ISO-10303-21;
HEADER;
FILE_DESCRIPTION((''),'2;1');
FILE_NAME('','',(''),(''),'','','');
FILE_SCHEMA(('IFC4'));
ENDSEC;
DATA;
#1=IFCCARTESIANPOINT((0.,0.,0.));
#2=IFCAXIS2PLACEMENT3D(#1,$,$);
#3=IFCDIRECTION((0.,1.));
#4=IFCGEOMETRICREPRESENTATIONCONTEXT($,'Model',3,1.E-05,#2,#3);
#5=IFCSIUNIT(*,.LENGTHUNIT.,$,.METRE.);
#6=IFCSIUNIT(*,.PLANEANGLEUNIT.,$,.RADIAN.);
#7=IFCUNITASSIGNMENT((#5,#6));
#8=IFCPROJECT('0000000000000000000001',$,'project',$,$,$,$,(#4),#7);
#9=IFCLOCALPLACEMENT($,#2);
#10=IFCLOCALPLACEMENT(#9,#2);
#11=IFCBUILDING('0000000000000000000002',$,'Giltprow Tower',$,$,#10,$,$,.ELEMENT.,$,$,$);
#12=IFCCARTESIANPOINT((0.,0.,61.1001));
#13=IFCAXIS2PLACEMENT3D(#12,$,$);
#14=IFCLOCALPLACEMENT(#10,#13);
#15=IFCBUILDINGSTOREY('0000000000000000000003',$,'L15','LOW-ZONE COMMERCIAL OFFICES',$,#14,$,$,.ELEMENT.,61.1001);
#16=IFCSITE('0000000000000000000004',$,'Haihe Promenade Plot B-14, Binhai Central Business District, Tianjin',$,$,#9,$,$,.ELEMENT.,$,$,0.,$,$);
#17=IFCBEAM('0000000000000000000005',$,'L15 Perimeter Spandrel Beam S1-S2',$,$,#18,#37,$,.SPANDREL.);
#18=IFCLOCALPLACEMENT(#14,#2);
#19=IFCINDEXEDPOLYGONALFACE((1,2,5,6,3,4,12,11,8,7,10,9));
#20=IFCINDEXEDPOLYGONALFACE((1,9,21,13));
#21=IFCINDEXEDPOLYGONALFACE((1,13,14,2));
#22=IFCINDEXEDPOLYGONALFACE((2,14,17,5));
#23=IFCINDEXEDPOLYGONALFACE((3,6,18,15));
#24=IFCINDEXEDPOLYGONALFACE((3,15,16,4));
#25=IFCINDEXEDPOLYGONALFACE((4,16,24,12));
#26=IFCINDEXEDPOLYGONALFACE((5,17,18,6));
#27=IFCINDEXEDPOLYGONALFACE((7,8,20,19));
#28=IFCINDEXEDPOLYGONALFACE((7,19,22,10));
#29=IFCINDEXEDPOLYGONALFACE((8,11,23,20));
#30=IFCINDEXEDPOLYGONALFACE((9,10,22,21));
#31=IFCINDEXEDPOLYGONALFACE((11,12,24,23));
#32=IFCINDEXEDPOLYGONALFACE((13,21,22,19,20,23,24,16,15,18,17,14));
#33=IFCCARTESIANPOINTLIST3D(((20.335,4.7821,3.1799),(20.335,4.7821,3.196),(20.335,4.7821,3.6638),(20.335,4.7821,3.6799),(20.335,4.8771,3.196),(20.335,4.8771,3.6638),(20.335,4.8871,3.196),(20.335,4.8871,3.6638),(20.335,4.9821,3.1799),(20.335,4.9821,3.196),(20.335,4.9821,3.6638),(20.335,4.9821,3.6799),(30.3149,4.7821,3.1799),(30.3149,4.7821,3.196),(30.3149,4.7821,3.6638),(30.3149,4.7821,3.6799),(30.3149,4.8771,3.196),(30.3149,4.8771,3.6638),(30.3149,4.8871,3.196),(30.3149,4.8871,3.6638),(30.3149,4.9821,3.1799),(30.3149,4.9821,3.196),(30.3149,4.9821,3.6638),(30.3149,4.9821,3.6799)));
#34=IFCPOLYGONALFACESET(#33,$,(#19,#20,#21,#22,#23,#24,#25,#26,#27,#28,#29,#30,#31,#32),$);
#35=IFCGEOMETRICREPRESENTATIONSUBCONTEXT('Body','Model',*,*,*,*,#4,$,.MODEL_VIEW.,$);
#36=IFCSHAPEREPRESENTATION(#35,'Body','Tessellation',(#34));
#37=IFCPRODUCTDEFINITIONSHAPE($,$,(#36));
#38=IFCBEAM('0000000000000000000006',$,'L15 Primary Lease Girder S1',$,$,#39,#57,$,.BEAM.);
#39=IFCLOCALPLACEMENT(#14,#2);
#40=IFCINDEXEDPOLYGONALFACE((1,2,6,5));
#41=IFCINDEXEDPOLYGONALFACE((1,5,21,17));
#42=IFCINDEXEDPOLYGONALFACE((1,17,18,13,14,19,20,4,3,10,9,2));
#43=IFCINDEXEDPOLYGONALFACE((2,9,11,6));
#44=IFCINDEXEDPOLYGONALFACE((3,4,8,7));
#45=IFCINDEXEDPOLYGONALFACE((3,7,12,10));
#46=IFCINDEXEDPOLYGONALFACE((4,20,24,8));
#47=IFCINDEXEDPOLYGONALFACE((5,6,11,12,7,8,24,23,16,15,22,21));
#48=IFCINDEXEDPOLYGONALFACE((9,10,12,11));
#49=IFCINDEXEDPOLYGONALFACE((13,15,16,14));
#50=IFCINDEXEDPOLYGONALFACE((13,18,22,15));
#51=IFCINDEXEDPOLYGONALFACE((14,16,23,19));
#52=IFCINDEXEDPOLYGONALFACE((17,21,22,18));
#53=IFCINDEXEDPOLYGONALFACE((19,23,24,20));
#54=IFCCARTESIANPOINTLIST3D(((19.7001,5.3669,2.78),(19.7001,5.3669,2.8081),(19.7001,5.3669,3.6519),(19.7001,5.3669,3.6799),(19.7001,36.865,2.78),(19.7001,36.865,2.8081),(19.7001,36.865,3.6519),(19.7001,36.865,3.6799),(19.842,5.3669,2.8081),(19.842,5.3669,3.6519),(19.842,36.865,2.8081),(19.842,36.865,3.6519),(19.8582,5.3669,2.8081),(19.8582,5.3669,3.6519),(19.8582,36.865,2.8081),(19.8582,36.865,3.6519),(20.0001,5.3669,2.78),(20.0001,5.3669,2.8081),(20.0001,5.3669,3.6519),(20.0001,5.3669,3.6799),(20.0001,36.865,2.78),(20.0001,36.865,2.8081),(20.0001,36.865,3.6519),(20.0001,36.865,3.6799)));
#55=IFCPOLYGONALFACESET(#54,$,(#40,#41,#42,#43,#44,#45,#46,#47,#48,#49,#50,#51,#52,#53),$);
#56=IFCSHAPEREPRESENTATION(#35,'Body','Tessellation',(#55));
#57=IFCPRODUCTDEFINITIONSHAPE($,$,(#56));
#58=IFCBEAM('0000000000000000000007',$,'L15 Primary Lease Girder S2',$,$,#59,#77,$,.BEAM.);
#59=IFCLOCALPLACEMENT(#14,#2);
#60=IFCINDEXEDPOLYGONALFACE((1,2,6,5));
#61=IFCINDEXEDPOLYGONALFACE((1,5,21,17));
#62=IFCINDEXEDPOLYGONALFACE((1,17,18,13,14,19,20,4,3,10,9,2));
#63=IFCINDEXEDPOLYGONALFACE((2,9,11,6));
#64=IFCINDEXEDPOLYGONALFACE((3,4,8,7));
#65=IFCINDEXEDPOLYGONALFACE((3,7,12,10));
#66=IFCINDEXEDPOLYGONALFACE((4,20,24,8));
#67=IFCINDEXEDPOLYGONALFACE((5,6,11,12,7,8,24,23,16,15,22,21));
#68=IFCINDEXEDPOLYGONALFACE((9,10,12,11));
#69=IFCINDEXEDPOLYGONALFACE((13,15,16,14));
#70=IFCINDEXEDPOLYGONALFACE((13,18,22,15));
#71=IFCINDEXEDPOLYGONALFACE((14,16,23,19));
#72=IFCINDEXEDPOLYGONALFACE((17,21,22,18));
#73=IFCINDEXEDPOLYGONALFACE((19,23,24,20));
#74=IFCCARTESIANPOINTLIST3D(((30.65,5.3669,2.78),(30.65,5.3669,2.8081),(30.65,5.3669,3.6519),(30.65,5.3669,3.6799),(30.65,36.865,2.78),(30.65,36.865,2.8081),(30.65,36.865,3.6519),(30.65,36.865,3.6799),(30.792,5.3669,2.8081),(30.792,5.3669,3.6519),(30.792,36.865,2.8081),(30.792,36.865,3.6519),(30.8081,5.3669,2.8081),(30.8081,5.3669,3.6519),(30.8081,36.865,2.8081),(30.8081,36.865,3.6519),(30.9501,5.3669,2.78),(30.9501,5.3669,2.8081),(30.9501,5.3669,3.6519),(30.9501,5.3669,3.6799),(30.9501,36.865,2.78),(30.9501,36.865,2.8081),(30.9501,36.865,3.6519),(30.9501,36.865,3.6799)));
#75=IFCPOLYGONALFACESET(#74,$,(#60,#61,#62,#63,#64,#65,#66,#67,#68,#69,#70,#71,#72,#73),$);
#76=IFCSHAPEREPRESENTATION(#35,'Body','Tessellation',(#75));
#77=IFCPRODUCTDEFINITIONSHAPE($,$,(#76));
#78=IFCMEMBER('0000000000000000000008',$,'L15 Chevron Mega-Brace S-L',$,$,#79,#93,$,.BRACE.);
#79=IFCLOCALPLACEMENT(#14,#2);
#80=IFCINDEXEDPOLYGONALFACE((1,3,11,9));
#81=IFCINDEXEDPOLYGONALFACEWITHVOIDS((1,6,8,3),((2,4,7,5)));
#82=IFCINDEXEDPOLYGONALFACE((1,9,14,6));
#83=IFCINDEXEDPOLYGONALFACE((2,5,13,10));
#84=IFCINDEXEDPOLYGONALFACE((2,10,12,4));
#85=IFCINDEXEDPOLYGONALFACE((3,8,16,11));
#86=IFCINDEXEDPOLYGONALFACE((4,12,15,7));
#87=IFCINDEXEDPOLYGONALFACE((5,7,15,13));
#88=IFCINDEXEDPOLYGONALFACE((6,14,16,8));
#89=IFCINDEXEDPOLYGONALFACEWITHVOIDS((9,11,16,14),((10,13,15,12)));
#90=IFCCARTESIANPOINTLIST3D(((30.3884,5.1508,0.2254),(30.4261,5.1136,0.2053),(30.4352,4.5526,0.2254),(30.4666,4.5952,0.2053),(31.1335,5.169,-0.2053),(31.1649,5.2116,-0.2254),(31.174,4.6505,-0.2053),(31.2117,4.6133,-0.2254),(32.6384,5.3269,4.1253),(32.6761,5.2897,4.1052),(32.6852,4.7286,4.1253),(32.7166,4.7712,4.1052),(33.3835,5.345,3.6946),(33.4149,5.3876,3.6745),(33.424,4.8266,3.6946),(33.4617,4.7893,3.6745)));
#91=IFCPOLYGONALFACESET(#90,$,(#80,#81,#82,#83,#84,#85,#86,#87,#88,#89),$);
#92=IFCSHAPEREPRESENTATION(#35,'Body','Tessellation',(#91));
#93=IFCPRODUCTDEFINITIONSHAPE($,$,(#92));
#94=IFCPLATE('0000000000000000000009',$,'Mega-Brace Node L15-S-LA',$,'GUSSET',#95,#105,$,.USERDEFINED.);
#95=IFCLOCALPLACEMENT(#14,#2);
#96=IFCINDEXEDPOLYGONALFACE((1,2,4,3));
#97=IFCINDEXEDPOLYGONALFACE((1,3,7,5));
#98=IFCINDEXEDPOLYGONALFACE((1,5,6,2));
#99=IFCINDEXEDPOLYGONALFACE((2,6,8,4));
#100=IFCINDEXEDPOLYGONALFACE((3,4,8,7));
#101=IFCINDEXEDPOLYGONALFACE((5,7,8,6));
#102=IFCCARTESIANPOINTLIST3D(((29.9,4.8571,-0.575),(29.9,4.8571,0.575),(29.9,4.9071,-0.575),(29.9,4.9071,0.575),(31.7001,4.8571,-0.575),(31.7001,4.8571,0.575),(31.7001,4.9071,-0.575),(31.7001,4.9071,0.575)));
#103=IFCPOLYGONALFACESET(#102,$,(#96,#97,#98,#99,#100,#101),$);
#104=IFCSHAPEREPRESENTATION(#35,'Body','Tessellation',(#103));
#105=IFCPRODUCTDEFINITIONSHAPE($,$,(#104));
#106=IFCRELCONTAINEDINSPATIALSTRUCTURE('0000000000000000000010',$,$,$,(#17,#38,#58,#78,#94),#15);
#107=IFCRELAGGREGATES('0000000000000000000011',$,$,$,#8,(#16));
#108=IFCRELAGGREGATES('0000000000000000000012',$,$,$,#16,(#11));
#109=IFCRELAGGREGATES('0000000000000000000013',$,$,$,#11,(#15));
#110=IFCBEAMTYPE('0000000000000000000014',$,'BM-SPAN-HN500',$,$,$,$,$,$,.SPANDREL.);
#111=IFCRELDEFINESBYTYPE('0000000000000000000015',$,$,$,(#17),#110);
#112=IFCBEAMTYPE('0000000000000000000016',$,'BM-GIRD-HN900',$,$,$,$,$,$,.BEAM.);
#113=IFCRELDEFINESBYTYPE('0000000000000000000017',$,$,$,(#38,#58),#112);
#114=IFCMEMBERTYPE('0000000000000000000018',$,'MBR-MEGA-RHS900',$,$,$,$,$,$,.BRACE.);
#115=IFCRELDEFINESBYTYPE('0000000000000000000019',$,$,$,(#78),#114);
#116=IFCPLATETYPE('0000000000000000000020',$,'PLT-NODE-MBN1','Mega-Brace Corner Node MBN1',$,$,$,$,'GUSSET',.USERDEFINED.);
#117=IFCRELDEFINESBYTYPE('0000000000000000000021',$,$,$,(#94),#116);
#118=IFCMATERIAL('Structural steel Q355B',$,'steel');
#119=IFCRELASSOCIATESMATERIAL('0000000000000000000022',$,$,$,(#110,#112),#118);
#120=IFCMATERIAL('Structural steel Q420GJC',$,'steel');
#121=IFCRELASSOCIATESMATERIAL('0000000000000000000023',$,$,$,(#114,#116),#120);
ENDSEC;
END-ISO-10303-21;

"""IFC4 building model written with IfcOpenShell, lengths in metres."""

from ifc_helpers import new_model, si_unit, direction, frame, origin, origin_2d, place, context, subcontext, project, spatial, rectangle, hollow_rectangle, i_section, extrude, source, transform, mapped, material, material_profile, profile_set, type_object, element, save


model = new_model("IFC4")

# Units and contexts
model_context = context("Model", 3, precision=1e-05, world=origin(), true_north=direction((0.0, 1.0)))
body_context = subcontext(model_context, "Body", "Model", "MODEL_VIEW")
ifc_project = project(units=[si_unit("LENGTHUNIT", "METRE"), si_unit("PLANEANGLEUNIT", "RADIAN")], contexts=[model_context])

# Site, building, storey
site_placement = place(None, origin())
site = spatial("IfcSite", under=ifc_project, at=site_placement, Name="Haihe Promenade Plot B-14, Binhai Central Business District, Tianjin", CompositionType="ELEMENT", RefElevation=0.0)
building_placement = place(site_placement, origin())
building = spatial("IfcBuilding", under=site, at=building_placement, Name="Giltprow Tower", CompositionType="ELEMENT")
storey_placement = place(building_placement, frame((0.0, 0.0, 61.1001)))
storey = spatial("IfcBuildingStorey", under=building, at=storey_placement, Name="L15", Description="LOW-ZONE COMMERCIAL OFFICES", CompositionType="ELEMENT", Elevation=61.1001)

# Shared definitions
ifc_material_1 = material(Name="Structural steel Q420GJC", Category="steel")

# Beams
ifc_material_2 = material(Name="Structural steel Q355B", Category="steel")
ifc_material_profile_1 = material_profile(ifc_material_2, i_section(OverallWidth=0.2, OverallDepth=0.5, WebThickness=0.01, FlangeThickness=0.0161, at=origin_2d()), Name="HN 500x200x10x16")
ifc_profile_set_1 = profile_set([ifc_material_profile_1], Name="Structural steel Q355B")
beam_type_1 = type_object("IfcBeamType", Name="BM-SPAN-HN500", PredefinedType="SPANDREL", material=ifc_profile_set_1)
shared_shape_1 = source(origin(), body_context, "Body", "SweptSolid", [
    extrude(i_section(OverallWidth=0.2, OverallDepth=0.5, WebThickness=0.01, FlangeThickness=0.0161, at=origin_2d()), origin(), (0.0, 0.0, 1.0), 9.98),
])
beam_placement = place(storey_placement, frame((20.335, 4.8821, 3.4299), z_axis=(1.0, 0.0, 0.0), x_axis=(0.0, 1.0, 0.0)))
element("IfcBeam", 1, at=beam_placement, inside=storey, type_object=beam_type_1, Name="L15 Perimeter Spandrel Beam S1-S2", PredefinedType="SPANDREL", context=body_context, shape_type="MappedRepresentation", body=[
    mapped(shared_shape_1, transform((0.0, 0.0, 0.0), x_axis=(1.0, 0.0, 0.0), y_axis=(0.0, 1.0, 0.0), z_axis=(0.0, 0.0, 1.0), scale=1.0)),
])
ifc_material_profile_2 = material_profile(ifc_material_2, i_section(OverallWidth=0.3, OverallDepth=0.8999, WebThickness=0.0161, FlangeThickness=0.0281, at=origin_2d()), Name="HN 900x300x16x28")
ifc_profile_set_2 = profile_set([ifc_material_profile_2], Name="Structural steel Q355B")
beam_type_2 = type_object("IfcBeamType", Name="BM-GIRD-HN900", PredefinedType="BEAM", material=ifc_profile_set_2)
shared_shape_2 = source(origin(), body_context, "Body", "SweptSolid", [
    extrude(i_section(OverallWidth=0.3, OverallDepth=0.8999, WebThickness=0.0161, FlangeThickness=0.0281, at=origin_2d()), origin(), (0.0, 0.0, 1.0), 31.498),
])
for number, where, z_axis, x_axis, name in (
    (2, (19.8501, 5.3669, 3.23), (0.0, 1.0, 0.0), (-1.0, 0.0, 0.0), "L15 Primary Lease Girder S1"),
    (3, (30.8, 5.3669, 3.23), (0.0, 1.0, 0.0), (-1.0, 0.0, 0.0), "L15 Primary Lease Girder S2"),
):
    element("IfcBeam", number, at=place(storey_placement, frame(where, z_axis=z_axis, x_axis=x_axis)), inside=storey, type_object=beam_type_2, Name=name, PredefinedType="BEAM", context=body_context, shape_type="MappedRepresentation", body=[
        mapped(shared_shape_2, transform((0.0, 0.0, 0.0), x_axis=(1.0, 0.0, 0.0), y_axis=(0.0, 1.0, 0.0), z_axis=(0.0, 0.0, 1.0), scale=1.0)),
    ])

# Member
ifc_material_profile_3 = material_profile(ifc_material_1, hollow_rectangle(XDim=0.6001, YDim=0.8999, WallThickness=0.04, at=origin_2d()), Name="RHS 900x600x40")
ifc_profile_set_3 = profile_set([ifc_material_profile_3], Name="Structural steel Q420GJC")
member_type = type_object("IfcMemberType", Name="MBR-MEGA-RHS900", PredefinedType="BRACE", material=ifc_profile_set_3)
shared_shape_3 = source(origin(), body_context, "Body", "SweptSolid", [
    extrude(hollow_rectangle(XDim=0.6001, YDim=0.8999, WallThickness=0.04, at=origin_2d()), origin(), (0.0, 0.0, 1.0), 4.5059),
])
member_placement = place(storey_placement, frame((30.8, 4.8821, 0.0), z_axis=(0.49935, 0.039066, 0.865519), x_axis=(-0.077995, 0.996954, 0.0)))
element("IfcMember", 4, at=member_placement, inside=storey, type_object=member_type, Name="L15 Chevron Mega-Brace S-L", PredefinedType="BRACE", context=body_context, shape_type="MappedRepresentation", body=[
    mapped(shared_shape_3, transform((0.0, 0.0, 0.0), x_axis=(1.0, 0.0, 0.0), y_axis=(0.0, 1.0, 0.0), z_axis=(0.0, 0.0, 1.0), scale=1.0)),
])

# Plate
plate_type = type_object("IfcPlateType", Name="PLT-NODE-MBN1", Description="Mega-Brace Corner Node MBN1", ElementType="GUSSET", PredefinedType="USERDEFINED", material=ifc_material_1)
shared_shape_4 = source(origin(), body_context, "Body", "SweptSolid", [
    extrude(rectangle(XDim=1.8, YDim=0.05, at=origin_2d()), origin(), (0.0, 0.0, 1.0), 1.1499),
])
plate_placement = place(storey_placement, frame((30.8, 4.8821, -0.575), z_axis=(0.0, 0.0, 1.0), x_axis=(1.0, 0.0, 0.0)))
element("IfcPlate", 5, at=plate_placement, inside=storey, type_object=plate_type, Name="Mega-Brace Node L15-S-LA", ObjectType="GUSSET", PredefinedType="USERDEFINED", context=body_context, shape_type="MappedRepresentation", body=[
    mapped(shared_shape_4, transform((0.0, 0.0, 0.0), x_axis=(1.0, 0.0, 0.0), y_axis=(0.0, 1.0, 0.0), z_axis=(0.0, 0.0, 1.0), scale=1.0)),
])

save(model, "model.ifc")
